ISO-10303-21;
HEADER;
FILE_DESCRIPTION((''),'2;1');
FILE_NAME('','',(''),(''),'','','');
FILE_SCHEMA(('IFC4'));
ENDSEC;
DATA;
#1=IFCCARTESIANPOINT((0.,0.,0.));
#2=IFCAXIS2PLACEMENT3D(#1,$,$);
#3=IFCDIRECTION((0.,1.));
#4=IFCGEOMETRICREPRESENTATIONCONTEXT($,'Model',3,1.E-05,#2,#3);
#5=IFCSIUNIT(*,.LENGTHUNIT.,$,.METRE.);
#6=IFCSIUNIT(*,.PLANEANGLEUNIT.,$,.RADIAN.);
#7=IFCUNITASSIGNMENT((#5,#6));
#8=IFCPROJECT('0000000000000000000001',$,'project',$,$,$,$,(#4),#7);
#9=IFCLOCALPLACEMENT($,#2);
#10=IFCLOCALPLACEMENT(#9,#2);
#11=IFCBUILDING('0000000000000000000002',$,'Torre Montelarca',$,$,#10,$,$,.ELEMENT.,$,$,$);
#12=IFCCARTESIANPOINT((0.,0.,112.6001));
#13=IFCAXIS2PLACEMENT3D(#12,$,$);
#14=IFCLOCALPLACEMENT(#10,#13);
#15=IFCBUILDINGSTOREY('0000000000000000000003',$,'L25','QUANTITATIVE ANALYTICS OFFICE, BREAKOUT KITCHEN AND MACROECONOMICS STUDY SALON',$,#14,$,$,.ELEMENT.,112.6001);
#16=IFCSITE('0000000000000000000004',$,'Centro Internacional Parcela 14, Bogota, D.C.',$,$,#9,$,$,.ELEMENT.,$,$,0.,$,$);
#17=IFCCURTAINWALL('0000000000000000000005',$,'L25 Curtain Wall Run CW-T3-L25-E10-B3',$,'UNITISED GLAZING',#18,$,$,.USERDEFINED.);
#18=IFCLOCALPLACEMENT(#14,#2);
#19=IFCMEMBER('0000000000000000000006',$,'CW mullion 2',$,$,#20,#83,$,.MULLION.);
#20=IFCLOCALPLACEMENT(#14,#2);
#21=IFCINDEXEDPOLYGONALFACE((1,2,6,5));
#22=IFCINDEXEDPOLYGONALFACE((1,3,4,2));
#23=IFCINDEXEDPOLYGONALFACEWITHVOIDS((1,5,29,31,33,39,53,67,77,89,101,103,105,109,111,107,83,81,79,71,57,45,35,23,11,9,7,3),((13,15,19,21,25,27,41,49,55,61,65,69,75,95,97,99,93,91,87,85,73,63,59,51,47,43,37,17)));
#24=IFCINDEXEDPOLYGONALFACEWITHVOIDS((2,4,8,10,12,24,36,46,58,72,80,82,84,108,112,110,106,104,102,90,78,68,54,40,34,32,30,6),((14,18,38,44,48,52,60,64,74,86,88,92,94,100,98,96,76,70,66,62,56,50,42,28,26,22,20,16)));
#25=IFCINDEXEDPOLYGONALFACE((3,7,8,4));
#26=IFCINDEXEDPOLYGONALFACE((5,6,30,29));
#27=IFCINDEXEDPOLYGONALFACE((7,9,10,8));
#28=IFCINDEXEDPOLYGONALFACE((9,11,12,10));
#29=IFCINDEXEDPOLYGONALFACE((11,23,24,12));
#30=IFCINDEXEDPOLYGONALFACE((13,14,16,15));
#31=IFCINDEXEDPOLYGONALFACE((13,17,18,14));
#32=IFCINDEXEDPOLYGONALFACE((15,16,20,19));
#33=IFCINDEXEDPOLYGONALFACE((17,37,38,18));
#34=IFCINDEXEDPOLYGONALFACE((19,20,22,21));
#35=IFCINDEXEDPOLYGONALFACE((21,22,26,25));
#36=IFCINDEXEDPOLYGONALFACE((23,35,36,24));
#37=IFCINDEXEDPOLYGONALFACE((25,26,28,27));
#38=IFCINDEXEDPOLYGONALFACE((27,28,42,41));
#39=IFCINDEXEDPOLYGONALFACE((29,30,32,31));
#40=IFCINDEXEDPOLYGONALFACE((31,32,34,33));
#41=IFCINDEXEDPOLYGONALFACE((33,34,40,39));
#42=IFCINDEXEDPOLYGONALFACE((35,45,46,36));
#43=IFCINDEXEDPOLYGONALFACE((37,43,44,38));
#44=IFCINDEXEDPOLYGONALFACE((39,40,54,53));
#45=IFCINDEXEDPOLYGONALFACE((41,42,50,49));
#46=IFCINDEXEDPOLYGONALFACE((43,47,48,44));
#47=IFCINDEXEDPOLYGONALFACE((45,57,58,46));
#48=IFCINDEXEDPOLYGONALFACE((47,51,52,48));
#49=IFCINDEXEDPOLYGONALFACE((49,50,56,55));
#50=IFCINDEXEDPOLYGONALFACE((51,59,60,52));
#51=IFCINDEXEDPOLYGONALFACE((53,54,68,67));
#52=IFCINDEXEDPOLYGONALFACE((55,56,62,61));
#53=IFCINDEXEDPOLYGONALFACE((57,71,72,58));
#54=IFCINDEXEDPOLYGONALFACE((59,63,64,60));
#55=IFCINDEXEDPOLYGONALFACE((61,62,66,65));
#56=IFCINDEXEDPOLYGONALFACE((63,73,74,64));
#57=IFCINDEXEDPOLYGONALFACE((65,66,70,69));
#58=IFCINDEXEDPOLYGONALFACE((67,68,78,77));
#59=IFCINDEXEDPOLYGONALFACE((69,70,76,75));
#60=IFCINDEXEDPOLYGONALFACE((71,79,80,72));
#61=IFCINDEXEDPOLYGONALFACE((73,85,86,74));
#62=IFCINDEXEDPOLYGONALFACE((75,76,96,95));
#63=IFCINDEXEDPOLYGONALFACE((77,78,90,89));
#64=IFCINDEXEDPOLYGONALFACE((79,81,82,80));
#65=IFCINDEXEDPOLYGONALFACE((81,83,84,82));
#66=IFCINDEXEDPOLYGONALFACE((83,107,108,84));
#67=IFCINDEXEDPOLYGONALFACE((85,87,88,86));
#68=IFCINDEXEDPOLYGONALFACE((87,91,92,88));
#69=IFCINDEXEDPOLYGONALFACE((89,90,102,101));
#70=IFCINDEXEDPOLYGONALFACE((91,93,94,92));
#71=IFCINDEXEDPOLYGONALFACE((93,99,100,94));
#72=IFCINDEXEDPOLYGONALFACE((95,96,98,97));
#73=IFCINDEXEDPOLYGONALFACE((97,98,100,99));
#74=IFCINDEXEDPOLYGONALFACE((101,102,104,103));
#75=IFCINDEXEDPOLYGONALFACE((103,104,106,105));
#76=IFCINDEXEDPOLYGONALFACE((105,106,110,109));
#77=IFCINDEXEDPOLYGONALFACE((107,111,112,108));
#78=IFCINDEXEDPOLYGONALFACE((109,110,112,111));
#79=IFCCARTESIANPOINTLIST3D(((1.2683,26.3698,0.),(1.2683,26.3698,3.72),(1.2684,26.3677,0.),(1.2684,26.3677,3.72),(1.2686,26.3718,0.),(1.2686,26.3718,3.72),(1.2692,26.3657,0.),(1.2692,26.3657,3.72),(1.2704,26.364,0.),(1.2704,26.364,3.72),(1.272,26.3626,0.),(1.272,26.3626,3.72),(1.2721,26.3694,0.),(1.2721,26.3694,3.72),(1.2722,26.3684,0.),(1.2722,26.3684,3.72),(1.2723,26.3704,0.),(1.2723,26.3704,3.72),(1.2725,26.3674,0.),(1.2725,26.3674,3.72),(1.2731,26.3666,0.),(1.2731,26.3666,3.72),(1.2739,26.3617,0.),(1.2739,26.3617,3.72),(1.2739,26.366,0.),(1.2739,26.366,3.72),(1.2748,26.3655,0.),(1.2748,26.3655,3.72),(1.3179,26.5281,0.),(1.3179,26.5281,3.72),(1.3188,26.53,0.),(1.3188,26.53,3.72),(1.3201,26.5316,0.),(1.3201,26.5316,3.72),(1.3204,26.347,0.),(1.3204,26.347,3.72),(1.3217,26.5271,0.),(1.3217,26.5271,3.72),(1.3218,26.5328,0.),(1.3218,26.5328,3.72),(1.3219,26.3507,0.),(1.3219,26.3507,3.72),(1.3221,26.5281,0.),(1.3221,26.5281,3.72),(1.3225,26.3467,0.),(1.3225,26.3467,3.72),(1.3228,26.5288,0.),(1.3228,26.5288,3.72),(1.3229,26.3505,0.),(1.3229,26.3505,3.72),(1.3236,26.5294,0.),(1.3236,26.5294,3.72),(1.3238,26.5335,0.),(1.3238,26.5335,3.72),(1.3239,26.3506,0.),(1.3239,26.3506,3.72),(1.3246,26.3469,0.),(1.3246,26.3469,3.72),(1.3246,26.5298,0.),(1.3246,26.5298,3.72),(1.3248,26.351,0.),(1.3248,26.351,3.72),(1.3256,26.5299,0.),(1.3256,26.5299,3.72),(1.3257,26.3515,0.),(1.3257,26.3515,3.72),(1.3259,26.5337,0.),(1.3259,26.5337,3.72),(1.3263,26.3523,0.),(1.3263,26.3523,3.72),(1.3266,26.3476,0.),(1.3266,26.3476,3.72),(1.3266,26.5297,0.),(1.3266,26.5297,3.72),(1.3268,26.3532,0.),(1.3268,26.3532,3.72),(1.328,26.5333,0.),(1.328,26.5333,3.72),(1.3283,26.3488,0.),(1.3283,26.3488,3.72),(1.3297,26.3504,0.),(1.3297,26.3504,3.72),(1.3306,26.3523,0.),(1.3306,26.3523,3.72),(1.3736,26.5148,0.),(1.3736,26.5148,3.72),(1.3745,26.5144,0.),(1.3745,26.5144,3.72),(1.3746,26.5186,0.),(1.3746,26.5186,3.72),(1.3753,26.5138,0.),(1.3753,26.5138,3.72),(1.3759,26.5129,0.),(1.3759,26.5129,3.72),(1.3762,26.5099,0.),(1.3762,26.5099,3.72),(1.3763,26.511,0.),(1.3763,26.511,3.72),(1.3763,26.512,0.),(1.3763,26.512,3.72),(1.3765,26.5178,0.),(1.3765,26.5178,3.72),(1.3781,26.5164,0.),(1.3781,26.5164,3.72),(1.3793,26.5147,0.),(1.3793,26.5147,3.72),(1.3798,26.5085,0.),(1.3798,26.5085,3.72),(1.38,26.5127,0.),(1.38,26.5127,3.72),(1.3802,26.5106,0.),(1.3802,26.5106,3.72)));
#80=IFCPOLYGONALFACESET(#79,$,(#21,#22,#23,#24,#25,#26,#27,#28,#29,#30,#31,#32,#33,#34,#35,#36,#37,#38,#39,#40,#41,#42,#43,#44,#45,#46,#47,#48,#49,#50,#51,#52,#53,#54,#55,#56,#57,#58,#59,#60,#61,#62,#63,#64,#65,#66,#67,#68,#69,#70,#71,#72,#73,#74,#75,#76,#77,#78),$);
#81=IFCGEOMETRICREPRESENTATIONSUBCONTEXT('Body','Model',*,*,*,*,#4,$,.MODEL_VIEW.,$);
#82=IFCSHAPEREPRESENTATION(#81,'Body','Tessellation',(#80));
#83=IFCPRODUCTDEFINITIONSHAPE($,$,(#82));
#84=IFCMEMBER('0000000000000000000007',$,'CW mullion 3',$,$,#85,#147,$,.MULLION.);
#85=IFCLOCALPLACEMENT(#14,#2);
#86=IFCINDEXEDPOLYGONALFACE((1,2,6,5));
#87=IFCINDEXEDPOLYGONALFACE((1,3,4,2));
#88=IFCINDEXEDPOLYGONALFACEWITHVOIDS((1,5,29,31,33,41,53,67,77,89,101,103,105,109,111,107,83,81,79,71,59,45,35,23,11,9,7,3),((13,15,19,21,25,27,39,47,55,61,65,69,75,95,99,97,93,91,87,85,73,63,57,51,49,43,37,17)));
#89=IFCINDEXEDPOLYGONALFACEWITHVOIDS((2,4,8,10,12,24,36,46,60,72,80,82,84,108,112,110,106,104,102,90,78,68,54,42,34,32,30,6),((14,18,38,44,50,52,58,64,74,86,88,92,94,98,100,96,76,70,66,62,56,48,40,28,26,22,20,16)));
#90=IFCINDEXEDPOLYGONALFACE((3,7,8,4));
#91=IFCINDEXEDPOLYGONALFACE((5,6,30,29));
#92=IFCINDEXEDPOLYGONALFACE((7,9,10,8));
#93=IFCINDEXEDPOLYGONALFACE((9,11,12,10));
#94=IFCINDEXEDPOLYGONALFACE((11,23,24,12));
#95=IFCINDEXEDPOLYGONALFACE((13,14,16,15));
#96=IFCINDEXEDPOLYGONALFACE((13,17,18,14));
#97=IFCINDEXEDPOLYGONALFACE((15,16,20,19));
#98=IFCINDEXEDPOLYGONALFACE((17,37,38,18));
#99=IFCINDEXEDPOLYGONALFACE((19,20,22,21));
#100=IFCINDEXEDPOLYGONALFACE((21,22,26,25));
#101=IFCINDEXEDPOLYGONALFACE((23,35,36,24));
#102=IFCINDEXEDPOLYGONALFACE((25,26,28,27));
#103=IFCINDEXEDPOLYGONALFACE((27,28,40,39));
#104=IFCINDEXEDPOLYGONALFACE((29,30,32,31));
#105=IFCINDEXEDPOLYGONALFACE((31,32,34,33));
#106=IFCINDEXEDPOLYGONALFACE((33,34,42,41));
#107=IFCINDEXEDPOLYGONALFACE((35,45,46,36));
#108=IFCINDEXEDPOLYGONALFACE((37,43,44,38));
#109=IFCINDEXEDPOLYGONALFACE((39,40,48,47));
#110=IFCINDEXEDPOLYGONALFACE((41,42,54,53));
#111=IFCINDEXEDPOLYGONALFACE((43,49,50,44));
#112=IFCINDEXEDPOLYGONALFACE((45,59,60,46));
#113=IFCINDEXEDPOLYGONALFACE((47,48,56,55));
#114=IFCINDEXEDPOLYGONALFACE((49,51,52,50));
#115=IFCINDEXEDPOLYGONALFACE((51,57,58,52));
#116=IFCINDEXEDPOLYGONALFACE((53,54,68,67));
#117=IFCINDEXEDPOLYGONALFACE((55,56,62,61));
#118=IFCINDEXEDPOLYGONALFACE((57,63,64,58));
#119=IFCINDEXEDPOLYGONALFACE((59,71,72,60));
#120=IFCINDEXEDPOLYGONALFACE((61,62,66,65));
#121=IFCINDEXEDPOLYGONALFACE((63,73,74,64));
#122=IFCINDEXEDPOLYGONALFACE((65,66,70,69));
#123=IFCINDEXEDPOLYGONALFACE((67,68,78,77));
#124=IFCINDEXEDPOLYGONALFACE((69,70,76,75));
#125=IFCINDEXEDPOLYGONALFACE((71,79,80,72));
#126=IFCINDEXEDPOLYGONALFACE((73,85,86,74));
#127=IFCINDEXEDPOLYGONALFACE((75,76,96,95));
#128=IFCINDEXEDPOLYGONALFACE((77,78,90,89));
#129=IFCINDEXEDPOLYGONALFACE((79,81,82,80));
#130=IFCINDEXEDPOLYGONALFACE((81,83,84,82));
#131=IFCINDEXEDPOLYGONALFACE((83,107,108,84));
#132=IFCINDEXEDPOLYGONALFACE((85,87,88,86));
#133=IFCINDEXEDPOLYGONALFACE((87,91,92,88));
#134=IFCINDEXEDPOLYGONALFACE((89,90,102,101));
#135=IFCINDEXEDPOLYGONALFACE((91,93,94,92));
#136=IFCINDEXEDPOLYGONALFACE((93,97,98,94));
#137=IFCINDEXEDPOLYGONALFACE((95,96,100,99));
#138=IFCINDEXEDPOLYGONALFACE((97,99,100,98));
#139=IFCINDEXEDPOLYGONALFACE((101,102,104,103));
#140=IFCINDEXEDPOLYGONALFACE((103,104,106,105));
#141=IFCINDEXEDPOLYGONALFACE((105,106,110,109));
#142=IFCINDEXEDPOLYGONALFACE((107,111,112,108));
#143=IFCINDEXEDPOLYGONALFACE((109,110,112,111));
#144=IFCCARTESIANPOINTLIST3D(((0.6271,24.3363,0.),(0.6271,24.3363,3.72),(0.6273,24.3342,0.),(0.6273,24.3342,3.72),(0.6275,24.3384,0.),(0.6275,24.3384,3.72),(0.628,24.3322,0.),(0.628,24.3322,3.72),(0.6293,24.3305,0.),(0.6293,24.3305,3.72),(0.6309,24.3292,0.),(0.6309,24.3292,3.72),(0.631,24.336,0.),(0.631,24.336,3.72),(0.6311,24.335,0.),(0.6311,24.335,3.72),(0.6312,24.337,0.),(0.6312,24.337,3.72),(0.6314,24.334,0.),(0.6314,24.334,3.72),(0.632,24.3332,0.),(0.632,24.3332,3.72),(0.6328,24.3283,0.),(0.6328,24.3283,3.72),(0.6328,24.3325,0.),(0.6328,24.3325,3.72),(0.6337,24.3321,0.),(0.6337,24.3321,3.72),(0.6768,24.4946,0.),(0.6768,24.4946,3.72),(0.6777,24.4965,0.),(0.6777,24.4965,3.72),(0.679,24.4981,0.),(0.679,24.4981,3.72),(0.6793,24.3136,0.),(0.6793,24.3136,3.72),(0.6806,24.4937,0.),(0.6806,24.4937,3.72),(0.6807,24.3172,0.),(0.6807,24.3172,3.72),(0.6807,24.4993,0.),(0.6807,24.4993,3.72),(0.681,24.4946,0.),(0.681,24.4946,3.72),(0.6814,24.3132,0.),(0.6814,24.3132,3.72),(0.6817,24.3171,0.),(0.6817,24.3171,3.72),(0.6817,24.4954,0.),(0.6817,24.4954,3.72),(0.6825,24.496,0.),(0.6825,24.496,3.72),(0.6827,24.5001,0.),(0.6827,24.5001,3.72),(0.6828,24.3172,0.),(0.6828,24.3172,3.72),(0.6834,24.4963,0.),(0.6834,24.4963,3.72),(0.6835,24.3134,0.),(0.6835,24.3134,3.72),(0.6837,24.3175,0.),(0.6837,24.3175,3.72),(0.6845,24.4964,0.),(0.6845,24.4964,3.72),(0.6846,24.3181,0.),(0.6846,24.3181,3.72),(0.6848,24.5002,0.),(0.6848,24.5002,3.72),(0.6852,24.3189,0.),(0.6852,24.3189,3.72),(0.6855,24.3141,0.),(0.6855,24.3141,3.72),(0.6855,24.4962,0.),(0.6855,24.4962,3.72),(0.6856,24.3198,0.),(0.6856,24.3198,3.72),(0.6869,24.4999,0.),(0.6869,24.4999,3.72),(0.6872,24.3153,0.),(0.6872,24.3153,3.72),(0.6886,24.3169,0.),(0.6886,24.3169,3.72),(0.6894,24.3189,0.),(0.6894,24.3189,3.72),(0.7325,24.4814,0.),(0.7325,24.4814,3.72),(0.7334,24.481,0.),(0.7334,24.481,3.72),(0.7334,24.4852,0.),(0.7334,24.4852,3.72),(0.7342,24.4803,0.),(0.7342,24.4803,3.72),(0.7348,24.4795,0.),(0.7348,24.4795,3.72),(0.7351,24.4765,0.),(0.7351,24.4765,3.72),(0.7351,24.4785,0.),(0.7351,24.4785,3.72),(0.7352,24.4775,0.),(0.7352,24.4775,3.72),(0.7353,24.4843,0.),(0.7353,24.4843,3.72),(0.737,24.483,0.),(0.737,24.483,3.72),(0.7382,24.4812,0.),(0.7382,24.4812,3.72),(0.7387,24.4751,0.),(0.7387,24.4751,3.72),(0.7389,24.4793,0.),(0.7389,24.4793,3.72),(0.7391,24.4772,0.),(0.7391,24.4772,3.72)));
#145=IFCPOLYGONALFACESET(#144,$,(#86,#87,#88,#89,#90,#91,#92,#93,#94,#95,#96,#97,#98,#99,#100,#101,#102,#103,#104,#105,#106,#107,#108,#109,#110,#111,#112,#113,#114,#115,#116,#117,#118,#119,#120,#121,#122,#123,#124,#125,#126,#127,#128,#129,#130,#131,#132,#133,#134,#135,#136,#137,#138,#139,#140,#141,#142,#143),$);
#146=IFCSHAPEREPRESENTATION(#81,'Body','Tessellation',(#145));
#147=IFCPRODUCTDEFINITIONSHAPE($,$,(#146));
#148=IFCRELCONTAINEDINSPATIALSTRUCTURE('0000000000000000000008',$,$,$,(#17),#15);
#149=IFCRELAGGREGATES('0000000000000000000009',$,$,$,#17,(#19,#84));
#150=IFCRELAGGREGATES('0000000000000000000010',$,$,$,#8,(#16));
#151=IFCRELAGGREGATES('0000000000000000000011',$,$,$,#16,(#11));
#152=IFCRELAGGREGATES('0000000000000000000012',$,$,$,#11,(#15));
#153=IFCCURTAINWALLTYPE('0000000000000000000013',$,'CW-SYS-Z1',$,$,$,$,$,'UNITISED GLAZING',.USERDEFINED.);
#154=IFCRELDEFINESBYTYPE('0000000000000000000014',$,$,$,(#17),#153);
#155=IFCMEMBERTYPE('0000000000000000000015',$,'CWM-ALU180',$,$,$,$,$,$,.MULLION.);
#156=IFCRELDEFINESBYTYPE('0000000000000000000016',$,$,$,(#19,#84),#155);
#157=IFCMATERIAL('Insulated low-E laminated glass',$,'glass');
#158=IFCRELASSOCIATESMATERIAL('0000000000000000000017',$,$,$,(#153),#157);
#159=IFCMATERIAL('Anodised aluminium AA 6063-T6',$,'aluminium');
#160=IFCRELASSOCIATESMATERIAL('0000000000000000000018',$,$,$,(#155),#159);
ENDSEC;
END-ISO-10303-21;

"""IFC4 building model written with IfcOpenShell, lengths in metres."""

from ifc_helpers import new_model, si_unit, direction, frame, origin, origin_2d, place, context, subcontext, project, spatial, hollow_rectangle, extrude, source, transform, mapped, material, material_profile, profile_set, type_object, element, aggregate, save


model = new_model("IFC4")

# Units and contexts
model_context = context("Model", 3, precision=1e-05, world=origin(), true_north=direction((0.0, 1.0)))
body_context = subcontext(model_context, "Body", "Model", "MODEL_VIEW")
ifc_project = project(units=[si_unit("LENGTHUNIT", "METRE"), si_unit("PLANEANGLEUNIT", "RADIAN")], contexts=[model_context])

# Site, building, storey
site_placement = place(None, origin())
site = spatial("IfcSite", under=ifc_project, at=site_placement, Name="Centro Internacional Parcela 14, Bogota, D.C.", CompositionType="ELEMENT", RefElevation=0.0)
building_placement = place(site_placement, origin())
building = spatial("IfcBuilding", under=site, at=building_placement, Name="Torre Montelarca", CompositionType="ELEMENT")
storey_placement = place(building_placement, frame((0.0, 0.0, 112.6001)))
storey = spatial("IfcBuildingStorey", under=building, at=storey_placement, Name="L25", Description="QUANTITATIVE ANALYTICS OFFICE, BREAKOUT KITCHEN AND MACROECONOMICS STUDY SALON", CompositionType="ELEMENT", Elevation=112.6001)

# Curtain wall
ifc_material_1 = material(Name="Insulated low-E laminated glass", Category="glass")
curtain_wall_type = type_object("IfcCurtainWallType", Name="CW-SYS-Z1", ElementType="UNITISED GLAZING", PredefinedType="USERDEFINED", material=ifc_material_1)
curtain_wall_1_placement = place(storey_placement, origin())
curtain_wall_1 = element("IfcCurtainWall", 1, at=curtain_wall_1_placement, inside=storey, type_object=curtain_wall_type, Name="L25 Curtain Wall Run CW-T3-L25-E10-B3", ObjectType="UNITISED GLAZING", PredefinedType="USERDEFINED")
ifc_material_2 = material(Name="Anodised aluminium AA 6063-T6", Category="aluminium")

# Members
ifc_material_profile_1 = material_profile(ifc_material_2, hollow_rectangle(XDim=0.0649, YDim=0.1799, WallThickness=0.0039, InnerFilletRadius=0.0039, OuterFilletRadius=0.0081, at=origin_2d()), Name="ALU65X180X4", Category="aluminium")
ifc_profile_set_1 = profile_set([ifc_material_profile_1], Name="Anodised aluminium AA 6063-T6")
member_type_1 = type_object("IfcMemberType", Name="CWM-ALU180", PredefinedType="MULLION", material=ifc_profile_set_1)
shared_shape_1 = source(origin(), body_context, "Body", "SweptSolid", [
    extrude(hollow_rectangle(XDim=0.0649, YDim=0.1799, WallThickness=0.0039, InnerFilletRadius=0.0039, OuterFilletRadius=0.0081, at=origin_2d()), origin(), (0.0, 0.0, 1.0), 3.72),
])
member_1_placement = place(storey_placement, frame((1.3242, 26.4402, 0.0), z_axis=(0.0, 0.0, 1.0), x_axis=(0.953717, -0.300705, 0.0)))
member_1 = element("IfcMember", 2, at=member_1_placement, type_object=member_type_1, Name="CW mullion 2", PredefinedType="MULLION", context=body_context, shape_type="MappedRepresentation", body=[
    mapped(shared_shape_1, transform((0.0, 0.0, 0.0), scale=1.0)),
])
member_2_placement = place(storey_placement, frame((0.6831, 24.4067, 0.0), z_axis=(0.0, 0.0, 1.0), x_axis=(0.953717, -0.300705, 0.0)))
member_2 = element("IfcMember", 3, at=member_2_placement, type_object=member_type_1, Name="CW mullion 3", PredefinedType="MULLION", context=body_context, shape_type="MappedRepresentation", body=[
    mapped(shared_shape_1, transform((0.0, 0.0, 0.0), scale=1.0)),
])

aggregate(curtain_wall_1, [member_1, member_2])

save(model, "model.ifc")
